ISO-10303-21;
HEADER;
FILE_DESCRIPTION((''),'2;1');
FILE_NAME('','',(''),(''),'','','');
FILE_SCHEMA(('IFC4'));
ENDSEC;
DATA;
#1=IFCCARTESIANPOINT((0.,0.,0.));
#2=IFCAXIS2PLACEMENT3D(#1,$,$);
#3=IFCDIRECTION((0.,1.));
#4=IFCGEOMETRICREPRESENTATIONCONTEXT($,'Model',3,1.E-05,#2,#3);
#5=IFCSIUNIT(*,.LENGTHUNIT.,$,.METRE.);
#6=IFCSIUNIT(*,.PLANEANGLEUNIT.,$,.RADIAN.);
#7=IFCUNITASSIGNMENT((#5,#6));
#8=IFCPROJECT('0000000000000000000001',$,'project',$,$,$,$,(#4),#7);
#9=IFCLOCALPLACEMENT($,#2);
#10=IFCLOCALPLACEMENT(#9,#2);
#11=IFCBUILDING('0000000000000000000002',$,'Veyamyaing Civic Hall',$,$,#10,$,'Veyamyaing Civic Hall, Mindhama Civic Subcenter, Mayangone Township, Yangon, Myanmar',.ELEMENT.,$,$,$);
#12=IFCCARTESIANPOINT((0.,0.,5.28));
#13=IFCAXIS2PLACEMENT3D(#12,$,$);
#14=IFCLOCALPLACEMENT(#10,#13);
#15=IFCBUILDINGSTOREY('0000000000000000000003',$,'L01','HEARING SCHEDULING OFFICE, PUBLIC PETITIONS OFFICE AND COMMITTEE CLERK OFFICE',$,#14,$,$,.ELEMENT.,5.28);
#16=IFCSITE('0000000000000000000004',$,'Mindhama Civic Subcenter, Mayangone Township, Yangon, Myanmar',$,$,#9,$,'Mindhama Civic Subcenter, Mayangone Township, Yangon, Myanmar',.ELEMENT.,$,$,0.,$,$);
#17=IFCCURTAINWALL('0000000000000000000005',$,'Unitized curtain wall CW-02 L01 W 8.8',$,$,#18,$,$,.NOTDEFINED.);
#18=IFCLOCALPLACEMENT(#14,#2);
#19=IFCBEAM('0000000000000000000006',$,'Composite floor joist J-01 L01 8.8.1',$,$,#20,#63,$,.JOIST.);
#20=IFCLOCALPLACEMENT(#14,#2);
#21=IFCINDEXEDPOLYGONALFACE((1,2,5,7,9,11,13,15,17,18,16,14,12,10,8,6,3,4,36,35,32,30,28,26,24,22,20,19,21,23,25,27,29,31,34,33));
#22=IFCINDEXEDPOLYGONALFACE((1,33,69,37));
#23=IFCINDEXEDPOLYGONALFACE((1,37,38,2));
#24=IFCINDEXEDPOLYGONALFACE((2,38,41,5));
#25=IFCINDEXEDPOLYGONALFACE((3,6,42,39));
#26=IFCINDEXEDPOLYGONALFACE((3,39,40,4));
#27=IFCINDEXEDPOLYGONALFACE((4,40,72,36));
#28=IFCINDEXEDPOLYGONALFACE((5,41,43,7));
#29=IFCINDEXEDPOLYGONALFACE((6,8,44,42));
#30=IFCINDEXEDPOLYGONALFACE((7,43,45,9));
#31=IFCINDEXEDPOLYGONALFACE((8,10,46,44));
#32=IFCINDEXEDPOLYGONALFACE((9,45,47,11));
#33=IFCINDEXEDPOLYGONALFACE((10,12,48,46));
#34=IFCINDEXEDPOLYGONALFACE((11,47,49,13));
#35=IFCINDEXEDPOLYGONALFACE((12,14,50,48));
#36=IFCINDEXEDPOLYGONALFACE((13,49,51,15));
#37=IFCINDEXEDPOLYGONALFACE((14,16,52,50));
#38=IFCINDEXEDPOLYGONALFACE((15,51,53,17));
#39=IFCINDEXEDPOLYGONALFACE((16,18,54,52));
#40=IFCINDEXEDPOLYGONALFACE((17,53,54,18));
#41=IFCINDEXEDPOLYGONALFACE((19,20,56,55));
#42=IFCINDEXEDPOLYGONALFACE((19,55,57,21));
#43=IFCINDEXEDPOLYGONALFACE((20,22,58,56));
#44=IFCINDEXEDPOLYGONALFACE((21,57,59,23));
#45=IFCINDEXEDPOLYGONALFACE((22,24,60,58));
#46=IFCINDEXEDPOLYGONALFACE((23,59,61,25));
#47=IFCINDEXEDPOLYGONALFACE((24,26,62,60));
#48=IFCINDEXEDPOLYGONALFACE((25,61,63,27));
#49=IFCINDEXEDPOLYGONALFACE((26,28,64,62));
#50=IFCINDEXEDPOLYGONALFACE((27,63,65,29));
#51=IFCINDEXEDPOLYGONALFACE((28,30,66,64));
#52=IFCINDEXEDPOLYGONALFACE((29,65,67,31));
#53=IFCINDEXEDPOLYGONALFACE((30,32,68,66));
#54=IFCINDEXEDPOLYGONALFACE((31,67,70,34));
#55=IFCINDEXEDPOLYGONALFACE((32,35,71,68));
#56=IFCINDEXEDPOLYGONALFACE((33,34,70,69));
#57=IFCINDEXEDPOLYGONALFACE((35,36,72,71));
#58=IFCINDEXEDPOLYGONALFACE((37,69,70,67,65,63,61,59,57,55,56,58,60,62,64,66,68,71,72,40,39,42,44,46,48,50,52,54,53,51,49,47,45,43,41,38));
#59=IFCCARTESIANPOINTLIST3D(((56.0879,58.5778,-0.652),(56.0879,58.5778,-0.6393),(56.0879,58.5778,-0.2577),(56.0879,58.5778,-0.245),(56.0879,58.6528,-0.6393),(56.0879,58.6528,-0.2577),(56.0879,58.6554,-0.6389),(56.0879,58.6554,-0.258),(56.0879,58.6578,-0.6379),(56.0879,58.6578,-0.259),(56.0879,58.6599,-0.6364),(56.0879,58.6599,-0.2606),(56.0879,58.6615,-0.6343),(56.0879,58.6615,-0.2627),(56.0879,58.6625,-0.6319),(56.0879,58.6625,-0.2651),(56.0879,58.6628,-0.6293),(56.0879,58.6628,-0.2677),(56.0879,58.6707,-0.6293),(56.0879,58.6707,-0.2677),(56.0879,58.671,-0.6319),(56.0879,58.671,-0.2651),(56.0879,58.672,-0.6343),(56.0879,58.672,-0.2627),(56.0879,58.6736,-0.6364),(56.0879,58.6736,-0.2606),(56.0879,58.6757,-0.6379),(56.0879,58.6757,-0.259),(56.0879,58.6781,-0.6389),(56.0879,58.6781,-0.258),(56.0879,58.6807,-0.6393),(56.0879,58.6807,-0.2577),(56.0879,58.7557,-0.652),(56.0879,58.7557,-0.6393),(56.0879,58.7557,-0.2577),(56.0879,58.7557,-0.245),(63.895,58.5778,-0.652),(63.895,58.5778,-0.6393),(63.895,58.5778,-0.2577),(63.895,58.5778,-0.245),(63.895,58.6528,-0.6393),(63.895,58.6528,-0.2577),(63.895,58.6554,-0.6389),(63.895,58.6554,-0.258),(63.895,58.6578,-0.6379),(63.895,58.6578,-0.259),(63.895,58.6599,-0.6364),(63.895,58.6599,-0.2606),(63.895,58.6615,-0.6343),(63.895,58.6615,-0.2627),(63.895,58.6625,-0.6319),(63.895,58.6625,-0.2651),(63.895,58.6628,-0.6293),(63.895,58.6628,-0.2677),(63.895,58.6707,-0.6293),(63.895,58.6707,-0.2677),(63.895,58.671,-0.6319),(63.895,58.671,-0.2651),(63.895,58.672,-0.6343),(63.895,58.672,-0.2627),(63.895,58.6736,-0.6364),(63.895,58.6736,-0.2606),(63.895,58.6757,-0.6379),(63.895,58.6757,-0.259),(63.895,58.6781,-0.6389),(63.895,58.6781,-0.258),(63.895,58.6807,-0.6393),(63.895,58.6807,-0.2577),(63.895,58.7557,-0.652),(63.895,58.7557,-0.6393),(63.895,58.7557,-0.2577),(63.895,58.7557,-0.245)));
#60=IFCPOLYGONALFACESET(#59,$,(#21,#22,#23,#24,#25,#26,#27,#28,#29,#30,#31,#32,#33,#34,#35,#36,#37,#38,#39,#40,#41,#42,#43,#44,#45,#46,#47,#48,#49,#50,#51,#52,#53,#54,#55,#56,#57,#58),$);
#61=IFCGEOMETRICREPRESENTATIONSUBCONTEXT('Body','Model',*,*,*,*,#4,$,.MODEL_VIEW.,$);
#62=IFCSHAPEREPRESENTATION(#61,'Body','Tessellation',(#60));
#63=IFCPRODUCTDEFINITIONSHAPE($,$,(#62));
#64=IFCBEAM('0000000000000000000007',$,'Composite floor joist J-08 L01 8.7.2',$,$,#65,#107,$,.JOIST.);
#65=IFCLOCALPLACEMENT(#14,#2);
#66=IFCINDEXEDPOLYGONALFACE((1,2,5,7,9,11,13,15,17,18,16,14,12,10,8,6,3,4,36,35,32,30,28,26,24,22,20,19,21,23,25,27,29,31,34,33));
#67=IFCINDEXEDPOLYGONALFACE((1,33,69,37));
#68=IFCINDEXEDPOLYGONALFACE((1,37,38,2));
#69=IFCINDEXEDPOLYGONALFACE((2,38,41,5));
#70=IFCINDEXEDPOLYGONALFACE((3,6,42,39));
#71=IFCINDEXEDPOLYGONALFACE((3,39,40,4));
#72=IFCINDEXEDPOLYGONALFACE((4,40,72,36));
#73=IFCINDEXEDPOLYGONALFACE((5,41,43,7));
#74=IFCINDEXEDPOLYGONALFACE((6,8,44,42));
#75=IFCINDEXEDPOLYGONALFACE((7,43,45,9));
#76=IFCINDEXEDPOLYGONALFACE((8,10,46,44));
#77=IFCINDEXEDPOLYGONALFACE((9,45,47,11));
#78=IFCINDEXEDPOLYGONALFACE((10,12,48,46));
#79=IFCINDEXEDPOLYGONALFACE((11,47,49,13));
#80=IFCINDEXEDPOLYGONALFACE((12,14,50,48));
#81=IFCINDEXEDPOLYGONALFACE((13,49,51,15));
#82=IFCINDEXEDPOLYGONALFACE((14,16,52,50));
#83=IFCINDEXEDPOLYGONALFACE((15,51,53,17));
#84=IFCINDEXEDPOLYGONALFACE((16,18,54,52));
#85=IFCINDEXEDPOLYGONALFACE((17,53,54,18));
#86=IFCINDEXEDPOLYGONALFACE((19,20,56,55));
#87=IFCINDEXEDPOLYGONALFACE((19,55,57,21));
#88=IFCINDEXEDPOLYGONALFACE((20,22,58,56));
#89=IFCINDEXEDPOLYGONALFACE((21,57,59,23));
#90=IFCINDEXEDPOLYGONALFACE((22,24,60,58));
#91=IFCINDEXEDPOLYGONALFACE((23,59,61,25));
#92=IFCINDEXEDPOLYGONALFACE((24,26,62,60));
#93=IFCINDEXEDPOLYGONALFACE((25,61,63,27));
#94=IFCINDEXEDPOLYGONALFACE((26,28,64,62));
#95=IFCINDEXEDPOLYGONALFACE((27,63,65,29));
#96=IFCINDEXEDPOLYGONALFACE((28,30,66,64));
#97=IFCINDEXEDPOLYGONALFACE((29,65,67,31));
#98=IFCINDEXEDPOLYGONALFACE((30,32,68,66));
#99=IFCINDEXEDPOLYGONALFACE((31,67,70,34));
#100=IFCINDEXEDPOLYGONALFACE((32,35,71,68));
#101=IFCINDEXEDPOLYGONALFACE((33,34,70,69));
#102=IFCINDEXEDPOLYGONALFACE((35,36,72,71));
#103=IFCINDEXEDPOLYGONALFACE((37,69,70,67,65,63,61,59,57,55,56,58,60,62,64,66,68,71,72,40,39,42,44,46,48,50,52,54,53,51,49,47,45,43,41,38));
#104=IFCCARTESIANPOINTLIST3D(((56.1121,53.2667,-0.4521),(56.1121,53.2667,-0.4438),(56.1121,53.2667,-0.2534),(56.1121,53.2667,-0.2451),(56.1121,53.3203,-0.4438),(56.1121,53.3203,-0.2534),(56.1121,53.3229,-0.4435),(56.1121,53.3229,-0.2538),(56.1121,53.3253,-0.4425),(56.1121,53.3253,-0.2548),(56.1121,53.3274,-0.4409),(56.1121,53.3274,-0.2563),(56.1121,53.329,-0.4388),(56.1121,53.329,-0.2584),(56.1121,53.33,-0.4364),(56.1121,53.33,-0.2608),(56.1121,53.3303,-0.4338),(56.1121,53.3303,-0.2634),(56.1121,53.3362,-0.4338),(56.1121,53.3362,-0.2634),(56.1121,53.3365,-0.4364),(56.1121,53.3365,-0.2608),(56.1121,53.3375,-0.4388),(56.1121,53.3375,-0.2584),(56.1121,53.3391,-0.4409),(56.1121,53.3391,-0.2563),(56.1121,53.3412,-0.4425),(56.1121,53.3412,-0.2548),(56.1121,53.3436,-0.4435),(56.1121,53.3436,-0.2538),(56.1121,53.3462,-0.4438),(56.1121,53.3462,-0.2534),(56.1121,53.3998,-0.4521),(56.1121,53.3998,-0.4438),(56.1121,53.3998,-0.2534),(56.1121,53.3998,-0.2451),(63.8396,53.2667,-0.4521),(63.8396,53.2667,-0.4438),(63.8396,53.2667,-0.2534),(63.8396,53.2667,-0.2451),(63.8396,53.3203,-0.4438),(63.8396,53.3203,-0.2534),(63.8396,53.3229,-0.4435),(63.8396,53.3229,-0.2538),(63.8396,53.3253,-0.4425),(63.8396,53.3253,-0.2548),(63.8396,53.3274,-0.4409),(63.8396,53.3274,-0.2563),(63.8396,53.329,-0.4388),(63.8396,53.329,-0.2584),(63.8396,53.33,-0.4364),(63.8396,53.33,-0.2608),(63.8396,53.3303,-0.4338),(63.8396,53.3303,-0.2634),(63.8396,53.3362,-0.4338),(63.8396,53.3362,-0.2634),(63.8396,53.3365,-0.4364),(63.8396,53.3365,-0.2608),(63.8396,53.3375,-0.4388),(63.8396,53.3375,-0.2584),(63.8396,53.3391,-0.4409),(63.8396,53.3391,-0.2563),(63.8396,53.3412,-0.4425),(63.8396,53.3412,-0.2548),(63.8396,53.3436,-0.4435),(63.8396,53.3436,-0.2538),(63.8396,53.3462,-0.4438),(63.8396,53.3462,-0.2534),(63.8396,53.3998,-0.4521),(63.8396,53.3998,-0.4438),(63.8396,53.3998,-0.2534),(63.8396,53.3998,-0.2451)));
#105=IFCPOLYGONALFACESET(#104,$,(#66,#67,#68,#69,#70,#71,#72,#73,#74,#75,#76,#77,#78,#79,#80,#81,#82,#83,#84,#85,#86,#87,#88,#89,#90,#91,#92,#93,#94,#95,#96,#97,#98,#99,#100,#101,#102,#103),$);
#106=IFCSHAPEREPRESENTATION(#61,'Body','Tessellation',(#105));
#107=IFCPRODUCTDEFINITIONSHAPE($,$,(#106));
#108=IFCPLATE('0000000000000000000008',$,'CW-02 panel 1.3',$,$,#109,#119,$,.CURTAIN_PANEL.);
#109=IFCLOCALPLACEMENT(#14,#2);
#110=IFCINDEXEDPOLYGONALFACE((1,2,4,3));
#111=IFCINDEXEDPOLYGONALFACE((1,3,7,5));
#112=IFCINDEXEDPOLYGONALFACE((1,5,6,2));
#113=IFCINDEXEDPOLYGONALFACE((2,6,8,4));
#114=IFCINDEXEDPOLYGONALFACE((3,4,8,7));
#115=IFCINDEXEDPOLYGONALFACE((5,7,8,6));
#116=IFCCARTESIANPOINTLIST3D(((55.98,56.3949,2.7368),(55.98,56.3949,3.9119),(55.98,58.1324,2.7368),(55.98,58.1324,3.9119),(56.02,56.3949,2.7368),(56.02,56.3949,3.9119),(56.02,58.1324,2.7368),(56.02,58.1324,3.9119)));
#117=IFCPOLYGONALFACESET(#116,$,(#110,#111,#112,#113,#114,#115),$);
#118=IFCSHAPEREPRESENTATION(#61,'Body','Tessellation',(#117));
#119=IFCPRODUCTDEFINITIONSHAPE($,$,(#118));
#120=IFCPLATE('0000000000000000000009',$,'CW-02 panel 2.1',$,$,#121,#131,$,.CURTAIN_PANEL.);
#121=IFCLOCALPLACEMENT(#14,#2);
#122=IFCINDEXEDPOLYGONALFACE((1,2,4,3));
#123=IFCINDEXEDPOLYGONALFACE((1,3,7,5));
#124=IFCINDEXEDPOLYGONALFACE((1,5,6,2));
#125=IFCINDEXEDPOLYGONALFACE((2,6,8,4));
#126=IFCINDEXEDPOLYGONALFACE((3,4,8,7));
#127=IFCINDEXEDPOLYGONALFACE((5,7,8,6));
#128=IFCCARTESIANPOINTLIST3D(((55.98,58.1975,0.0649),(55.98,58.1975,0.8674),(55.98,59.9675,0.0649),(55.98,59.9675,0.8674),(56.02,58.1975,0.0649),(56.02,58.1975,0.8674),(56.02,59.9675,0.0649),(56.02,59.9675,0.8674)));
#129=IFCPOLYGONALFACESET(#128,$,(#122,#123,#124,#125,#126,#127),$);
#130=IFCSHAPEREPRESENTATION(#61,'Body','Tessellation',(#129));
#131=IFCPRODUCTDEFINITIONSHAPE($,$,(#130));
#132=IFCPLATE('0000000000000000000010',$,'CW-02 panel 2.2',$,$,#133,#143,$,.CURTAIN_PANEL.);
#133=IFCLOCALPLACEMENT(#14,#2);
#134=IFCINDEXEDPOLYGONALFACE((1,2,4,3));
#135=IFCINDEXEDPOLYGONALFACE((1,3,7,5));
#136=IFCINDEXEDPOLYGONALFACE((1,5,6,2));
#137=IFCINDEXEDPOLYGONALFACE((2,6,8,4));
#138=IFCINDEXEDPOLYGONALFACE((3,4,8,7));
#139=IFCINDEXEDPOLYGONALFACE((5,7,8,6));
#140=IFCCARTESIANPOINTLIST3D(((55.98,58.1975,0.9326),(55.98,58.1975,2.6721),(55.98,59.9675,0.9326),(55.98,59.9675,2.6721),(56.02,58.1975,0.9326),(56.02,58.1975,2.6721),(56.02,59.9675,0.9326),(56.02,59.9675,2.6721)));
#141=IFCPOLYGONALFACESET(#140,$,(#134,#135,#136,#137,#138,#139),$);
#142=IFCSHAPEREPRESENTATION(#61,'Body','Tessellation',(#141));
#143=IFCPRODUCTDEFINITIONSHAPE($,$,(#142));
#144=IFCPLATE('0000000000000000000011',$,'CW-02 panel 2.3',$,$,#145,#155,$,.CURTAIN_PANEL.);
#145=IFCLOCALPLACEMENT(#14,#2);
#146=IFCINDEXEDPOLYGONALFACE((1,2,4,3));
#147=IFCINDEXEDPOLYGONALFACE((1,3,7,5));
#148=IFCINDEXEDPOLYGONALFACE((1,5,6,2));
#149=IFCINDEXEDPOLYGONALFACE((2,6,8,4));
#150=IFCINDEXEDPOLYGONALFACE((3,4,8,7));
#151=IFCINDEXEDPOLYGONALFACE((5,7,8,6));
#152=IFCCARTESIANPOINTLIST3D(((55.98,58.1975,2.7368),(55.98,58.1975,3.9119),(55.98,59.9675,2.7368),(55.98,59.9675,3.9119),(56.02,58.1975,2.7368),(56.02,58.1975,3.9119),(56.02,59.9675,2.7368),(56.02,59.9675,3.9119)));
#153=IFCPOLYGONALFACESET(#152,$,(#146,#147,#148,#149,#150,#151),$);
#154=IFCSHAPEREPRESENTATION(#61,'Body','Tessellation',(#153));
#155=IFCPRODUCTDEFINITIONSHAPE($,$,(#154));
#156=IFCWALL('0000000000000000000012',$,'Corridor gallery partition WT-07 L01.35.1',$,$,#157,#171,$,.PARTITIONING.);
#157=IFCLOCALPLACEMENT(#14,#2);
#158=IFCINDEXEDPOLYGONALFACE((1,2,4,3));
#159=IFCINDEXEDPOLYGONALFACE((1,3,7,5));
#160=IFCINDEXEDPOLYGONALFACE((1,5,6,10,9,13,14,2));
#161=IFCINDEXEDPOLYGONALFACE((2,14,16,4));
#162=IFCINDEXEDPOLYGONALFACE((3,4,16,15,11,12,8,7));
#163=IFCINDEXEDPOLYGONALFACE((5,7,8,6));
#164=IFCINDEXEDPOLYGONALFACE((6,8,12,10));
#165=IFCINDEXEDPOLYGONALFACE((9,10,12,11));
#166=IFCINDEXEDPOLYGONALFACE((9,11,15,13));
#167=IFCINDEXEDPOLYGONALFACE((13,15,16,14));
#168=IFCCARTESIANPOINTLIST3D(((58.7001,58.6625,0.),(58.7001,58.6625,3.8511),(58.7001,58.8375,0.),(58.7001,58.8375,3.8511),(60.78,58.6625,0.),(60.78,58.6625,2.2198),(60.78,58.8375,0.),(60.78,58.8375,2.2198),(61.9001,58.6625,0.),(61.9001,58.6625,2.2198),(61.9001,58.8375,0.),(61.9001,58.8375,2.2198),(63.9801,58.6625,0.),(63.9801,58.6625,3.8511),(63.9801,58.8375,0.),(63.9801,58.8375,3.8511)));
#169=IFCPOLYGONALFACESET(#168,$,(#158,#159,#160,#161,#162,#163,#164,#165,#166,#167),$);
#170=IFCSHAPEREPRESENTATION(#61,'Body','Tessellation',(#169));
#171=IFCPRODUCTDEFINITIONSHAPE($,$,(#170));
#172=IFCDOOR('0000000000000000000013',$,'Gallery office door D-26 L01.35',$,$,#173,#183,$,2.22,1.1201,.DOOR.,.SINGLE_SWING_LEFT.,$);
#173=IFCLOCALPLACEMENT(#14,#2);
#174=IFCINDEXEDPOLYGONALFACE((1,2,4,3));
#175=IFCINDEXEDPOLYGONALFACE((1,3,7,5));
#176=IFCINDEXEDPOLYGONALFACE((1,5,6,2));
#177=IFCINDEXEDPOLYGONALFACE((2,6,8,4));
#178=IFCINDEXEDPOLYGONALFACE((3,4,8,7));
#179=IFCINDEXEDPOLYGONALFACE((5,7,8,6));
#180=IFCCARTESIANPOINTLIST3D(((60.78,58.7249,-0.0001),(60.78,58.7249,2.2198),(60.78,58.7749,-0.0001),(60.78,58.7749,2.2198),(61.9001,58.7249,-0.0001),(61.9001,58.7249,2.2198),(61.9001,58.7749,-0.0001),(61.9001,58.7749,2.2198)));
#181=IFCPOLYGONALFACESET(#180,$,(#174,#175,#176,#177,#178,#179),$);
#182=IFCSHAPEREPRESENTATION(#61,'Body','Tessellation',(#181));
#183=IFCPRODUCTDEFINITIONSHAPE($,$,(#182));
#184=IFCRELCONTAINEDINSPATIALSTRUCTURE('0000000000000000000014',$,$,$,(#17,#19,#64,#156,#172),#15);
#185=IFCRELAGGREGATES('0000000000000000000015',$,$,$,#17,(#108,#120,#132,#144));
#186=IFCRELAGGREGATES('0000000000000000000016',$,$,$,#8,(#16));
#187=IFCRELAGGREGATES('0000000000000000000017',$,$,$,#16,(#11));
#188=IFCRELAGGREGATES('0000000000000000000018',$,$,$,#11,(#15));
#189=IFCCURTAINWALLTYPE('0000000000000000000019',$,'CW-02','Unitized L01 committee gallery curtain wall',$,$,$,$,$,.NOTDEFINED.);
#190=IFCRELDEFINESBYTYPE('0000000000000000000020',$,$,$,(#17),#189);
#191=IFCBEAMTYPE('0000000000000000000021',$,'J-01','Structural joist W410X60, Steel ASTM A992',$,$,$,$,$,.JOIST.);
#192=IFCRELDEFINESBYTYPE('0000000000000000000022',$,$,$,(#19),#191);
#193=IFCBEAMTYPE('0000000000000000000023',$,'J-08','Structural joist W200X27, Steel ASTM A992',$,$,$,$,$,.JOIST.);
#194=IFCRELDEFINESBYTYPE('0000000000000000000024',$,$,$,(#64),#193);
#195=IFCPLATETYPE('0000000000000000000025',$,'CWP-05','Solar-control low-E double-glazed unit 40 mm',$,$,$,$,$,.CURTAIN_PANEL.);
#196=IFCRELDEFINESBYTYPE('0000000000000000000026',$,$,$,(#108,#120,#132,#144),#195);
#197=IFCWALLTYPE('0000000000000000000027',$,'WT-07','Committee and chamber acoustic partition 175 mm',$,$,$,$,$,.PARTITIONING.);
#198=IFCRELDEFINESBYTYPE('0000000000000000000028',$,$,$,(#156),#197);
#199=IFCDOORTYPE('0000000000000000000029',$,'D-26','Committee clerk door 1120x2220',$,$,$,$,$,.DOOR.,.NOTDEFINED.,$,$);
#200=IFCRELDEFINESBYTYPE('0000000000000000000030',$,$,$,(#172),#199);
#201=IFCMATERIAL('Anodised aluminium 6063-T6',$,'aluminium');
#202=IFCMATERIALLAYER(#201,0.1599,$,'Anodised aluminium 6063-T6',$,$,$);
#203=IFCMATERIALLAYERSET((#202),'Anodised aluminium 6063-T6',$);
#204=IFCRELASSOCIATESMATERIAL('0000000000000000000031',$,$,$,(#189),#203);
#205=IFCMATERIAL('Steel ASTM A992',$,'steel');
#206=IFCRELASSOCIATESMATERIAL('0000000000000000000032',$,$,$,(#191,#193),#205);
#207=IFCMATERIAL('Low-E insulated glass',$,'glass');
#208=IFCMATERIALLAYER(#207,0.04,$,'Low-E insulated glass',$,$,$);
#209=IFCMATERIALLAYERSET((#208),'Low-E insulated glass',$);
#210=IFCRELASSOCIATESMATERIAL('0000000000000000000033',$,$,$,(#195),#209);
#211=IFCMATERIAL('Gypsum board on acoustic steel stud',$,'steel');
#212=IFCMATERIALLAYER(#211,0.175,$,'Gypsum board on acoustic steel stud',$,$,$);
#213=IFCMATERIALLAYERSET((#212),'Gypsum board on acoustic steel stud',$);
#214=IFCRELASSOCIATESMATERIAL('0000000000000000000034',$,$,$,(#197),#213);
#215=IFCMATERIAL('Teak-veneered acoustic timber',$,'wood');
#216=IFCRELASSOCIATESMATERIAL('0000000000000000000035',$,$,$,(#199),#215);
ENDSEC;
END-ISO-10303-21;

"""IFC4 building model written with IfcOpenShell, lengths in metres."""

from ifc_helpers import new_model, si_unit, direction, frame, frame_2d, origin, origin_2d, place, context, subcontext, project, spatial, rectangle, i_section, extrude, material, layer, layer_set, material_profile, profile_set, type_object, element, fill, aggregate, save


model = new_model("IFC4")

# Units and contexts
model_context = context("Model", 3, precision=1e-05, world=origin(), true_north=direction((0.0, 1.0)))
body_context = subcontext(model_context, "Body", "Model", "MODEL_VIEW")
ifc_project = project(units=[si_unit("LENGTHUNIT", "METRE"), si_unit("PLANEANGLEUNIT", "RADIAN")], contexts=[model_context])

# Site, building, storey
site_placement = place(None, origin())
site = spatial("IfcSite", under=ifc_project, at=site_placement, Name="Mindhama Civic Subcenter, Mayangone Township, Yangon, Myanmar", LongName="Mindhama Civic Subcenter, Mayangone Township, Yangon, Myanmar", CompositionType="ELEMENT", RefElevation=0.0)
building_placement = place(site_placement, origin())
building = spatial("IfcBuilding", under=site, at=building_placement, Name="Veyamyaing Civic Hall", LongName="Veyamyaing Civic Hall, Mindhama Civic Subcenter, Mayangone Township, Yangon, Myanmar", CompositionType="ELEMENT")
storey_placement = place(building_placement, frame((0.0, 0.0, 5.28)))
storey = spatial("IfcBuildingStorey", under=building, at=storey_placement, Name="L01", Description="HEARING SCHEDULING OFFICE, PUBLIC PETITIONS OFFICE AND COMMITTEE CLERK OFFICE", CompositionType="ELEMENT", Elevation=5.28)

# Shared definitions
ifc_material_1 = material(Name="Steel ASTM A992", Category="steel")

# Curtain wall
ifc_material_2 = material(Name="Anodised aluminium 6063-T6", Category="aluminium")
ifc_layer_1 = layer(ifc_material_2, 0.1599, Name="Anodised aluminium 6063-T6")
ifc_layer_set_1 = layer_set([ifc_layer_1], Name="Anodised aluminium 6063-T6")
curtain_wall_type = type_object("IfcCurtainWallType", Name="CW-02", Description="Unitized L01 committee gallery curtain wall", PredefinedType="NOTDEFINED", material=ifc_layer_set_1)
curtain_wall_placement = place(storey_placement, origin())
curtain_wall = element("IfcCurtainWall", 1, at=curtain_wall_placement, inside=storey, type_object=curtain_wall_type, Name="Unitized curtain wall CW-02 L01 W 8.8", PredefinedType="NOTDEFINED")

# Beams
ifc_material_profile_1 = material_profile(ifc_material_1, i_section(OverallWidth=0.178, OverallDepth=0.407, WebThickness=0.0078, FlangeThickness=0.0127, FilletRadius=0.01, at=origin_2d()), Name="W410X60")
ifc_profile_set_1 = profile_set([ifc_material_profile_1], Name="Steel ASTM A992")
beam_type_1 = type_object("IfcBeamType", Name="J-01", Description="Structural joist W410X60, Steel ASTM A992", PredefinedType="JOIST", material=ifc_profile_set_1)
beam_1_placement = place(storey_placement, frame((56.0879, 58.6667, -0.4485), z_axis=(1.0, 0.0, 0.0), x_axis=(0.0, 1.0, 0.0)))
element("IfcBeam", 2, at=beam_1_placement, inside=storey, type_object=beam_type_1, Name="Composite floor joist J-01 L01 8.8.1", PredefinedType="JOIST", context=body_context, shape_type="SweptSolid", body=[
    extrude(i_section(OverallWidth=0.178, OverallDepth=0.407, WebThickness=0.0078, FlangeThickness=0.0127, FilletRadius=0.01, at=origin_2d()), origin(), (0.0, 0.0, 1.0), 7.8071),
])
ifc_material_profile_2 = material_profile(ifc_material_1, i_section(OverallWidth=0.1331, OverallDepth=0.207, WebThickness=0.0059, FlangeThickness=0.0083, FilletRadius=0.01, at=origin_2d()), Name="W200X27")
ifc_profile_set_2 = profile_set([ifc_material_profile_2], Name="Steel ASTM A992")
beam_type_2 = type_object("IfcBeamType", Name="J-08", Description="Structural joist W200X27, Steel ASTM A992", PredefinedType="JOIST", material=ifc_profile_set_2)
beam_2_placement = place(storey_placement, frame((56.1121, 53.3333, -0.3486), z_axis=(1.0, 0.0, 0.0), x_axis=(0.0, 1.0, 0.0)))
element("IfcBeam", 3, at=beam_2_placement, inside=storey, type_object=beam_type_2, Name="Composite floor joist J-08 L01 8.7.2", PredefinedType="JOIST", context=body_context, shape_type="SweptSolid", body=[
    extrude(i_section(OverallWidth=0.1331, OverallDepth=0.207, WebThickness=0.0059, FlangeThickness=0.0083, FilletRadius=0.01, at=origin_2d()), origin(), (0.0, 0.0, 1.0), 7.7275),
])

# Plates
ifc_material_3 = material(Name="Low-E insulated glass", Category="glass")
ifc_layer_2 = layer(ifc_material_3, 0.04, Name="Low-E insulated glass")
ifc_layer_set_2 = layer_set([ifc_layer_2], Name="Low-E insulated glass")
plate_type = type_object("IfcPlateType", Name="CWP-05", Description="Solar-control low-E double-glazed unit 40 mm", PredefinedType="CURTAIN_PANEL", material=ifc_layer_set_2)
plate_1_placement = place(storey_placement, frame((56.0, 57.2637, 2.7368), z_axis=(0.0, 0.0, 1.0), x_axis=(0.0, 1.0, 0.0)))
plate_1 = element("IfcPlate", 4, at=plate_1_placement, type_object=plate_type, Name="CW-02 panel 1.3", PredefinedType="CURTAIN_PANEL", context=body_context, shape_type="SweptSolid", body=[
    extrude(rectangle(XDim=1.7375, YDim=0.04, at=origin_2d()), origin(), (0.0, 0.0, 1.0), 1.175),
])
plate_2_placement = place(storey_placement, frame((56.0, 59.0825, 0.0649), z_axis=(0.0, 0.0, 1.0), x_axis=(0.0, 1.0, 0.0)))
plate_2 = element("IfcPlate", 5, at=plate_2_placement, type_object=plate_type, Name="CW-02 panel 2.1", PredefinedType="CURTAIN_PANEL", context=body_context, shape_type="SweptSolid", body=[
    extrude(rectangle(XDim=1.77, YDim=0.04, at=origin_2d()), origin(), (0.0, 0.0, 1.0), 0.8025),
])
plate_3_placement = place(storey_placement, frame((56.0, 59.0825, 0.9326), z_axis=(0.0, 0.0, 1.0), x_axis=(0.0, 1.0, 0.0)))
plate_3 = element("IfcPlate", 6, at=plate_3_placement, type_object=plate_type, Name="CW-02 panel 2.2", PredefinedType="CURTAIN_PANEL", context=body_context, shape_type="SweptSolid", body=[
    extrude(rectangle(XDim=1.77, YDim=0.04, at=origin_2d()), origin(), (0.0, 0.0, 1.0), 1.7395),
])
plate_4_placement = place(storey_placement, frame((56.0, 59.0825, 2.7368), z_axis=(0.0, 0.0, 1.0), x_axis=(0.0, 1.0, 0.0)))
plate_4 = element("IfcPlate", 7, at=plate_4_placement, type_object=plate_type, Name="CW-02 panel 2.3", PredefinedType="CURTAIN_PANEL", context=body_context, shape_type="SweptSolid", body=[
    extrude(rectangle(XDim=1.77, YDim=0.04, at=origin_2d()), origin(), (0.0, 0.0, 1.0), 1.175),
])
aggregate(curtain_wall, [plate_1, plate_2, plate_3, plate_4])

# Wall, opening, door
ifc_material_4 = material(Name="Gypsum board on acoustic steel stud", Category="steel")
ifc_layer_3 = layer(ifc_material_4, 0.175, Name="Gypsum board on acoustic steel stud")
ifc_layer_set_3 = layer_set([ifc_layer_3], Name="Gypsum board on acoustic steel stud")
wall_type_1 = type_object("IfcWallType", Name="WT-07", Description="Committee and chamber acoustic partition 175 mm", PredefinedType="PARTITIONING", material=ifc_layer_set_3)
wall_1_placement = place(storey_placement, frame((58.7, 58.75, 0.0), z_axis=(0.0, 0.0, 1.0), x_axis=(1.0, 0.0, 0.0)))
wall_1 = element("IfcWall", 8, at=wall_1_placement, inside=storey, type_object=wall_type_1, Name="Corridor gallery partition WT-07 L01.35.1", PredefinedType="PARTITIONING", context=body_context, shape_type="SweptSolid", body=[
    extrude(rectangle(XDim=5.28, YDim=0.175, at=frame_2d((2.6401, 0.0))), origin(), (0.0, 0.0, 1.0), 3.8511),
])
opening_placement = place(wall_1_placement, frame((2.0801, 0.0, 0.0)))
opening = element("IfcOpeningElement", 9, at=opening_placement, cuts=wall_1, PredefinedType="OPENING", context=body_context, shape_type="SweptSolid", body=[
    extrude(rectangle(XDim=1.1201, YDim=2.22, at=frame_2d((0.5601, 1.1099))), frame((0.0, 0.0974, 0.0), z_axis=(0.0, -1.0, 0.0), x_axis=(1.0, 0.0, 0.0)), (0.0, 0.0, 1.0), 0.1951),
])
ifc_material_5 = material(Name="Teak-veneered acoustic timber", Category="wood")
door_type = type_object("IfcDoorType", Name="D-26", Description="Committee clerk door 1120x2220", OperationType="NOTDEFINED", PredefinedType="DOOR", material=ifc_material_5)
door_placement = place(opening_placement, origin())
door = element("IfcDoor", 10, at=door_placement, inside=storey, type_object=door_type, Name="Gallery office door D-26 L01.35", OperationType="SINGLE_SWING_LEFT", OverallHeight=2.22, OverallWidth=1.1201, PredefinedType="DOOR", context=body_context, shape_type="SweptSolid", body=[
    extrude(rectangle(XDim=1.1201, YDim=2.22, at=frame_2d((0.5601, 1.1099))), frame((0.0, 0.0249, 0.0), z_axis=(0.0, -1.0, 0.0), x_axis=(1.0, 0.0, 0.0)), (0.0, 0.0, 1.0), 0.05),
])
fill(opening, door)

save(model, "model.ifc")
